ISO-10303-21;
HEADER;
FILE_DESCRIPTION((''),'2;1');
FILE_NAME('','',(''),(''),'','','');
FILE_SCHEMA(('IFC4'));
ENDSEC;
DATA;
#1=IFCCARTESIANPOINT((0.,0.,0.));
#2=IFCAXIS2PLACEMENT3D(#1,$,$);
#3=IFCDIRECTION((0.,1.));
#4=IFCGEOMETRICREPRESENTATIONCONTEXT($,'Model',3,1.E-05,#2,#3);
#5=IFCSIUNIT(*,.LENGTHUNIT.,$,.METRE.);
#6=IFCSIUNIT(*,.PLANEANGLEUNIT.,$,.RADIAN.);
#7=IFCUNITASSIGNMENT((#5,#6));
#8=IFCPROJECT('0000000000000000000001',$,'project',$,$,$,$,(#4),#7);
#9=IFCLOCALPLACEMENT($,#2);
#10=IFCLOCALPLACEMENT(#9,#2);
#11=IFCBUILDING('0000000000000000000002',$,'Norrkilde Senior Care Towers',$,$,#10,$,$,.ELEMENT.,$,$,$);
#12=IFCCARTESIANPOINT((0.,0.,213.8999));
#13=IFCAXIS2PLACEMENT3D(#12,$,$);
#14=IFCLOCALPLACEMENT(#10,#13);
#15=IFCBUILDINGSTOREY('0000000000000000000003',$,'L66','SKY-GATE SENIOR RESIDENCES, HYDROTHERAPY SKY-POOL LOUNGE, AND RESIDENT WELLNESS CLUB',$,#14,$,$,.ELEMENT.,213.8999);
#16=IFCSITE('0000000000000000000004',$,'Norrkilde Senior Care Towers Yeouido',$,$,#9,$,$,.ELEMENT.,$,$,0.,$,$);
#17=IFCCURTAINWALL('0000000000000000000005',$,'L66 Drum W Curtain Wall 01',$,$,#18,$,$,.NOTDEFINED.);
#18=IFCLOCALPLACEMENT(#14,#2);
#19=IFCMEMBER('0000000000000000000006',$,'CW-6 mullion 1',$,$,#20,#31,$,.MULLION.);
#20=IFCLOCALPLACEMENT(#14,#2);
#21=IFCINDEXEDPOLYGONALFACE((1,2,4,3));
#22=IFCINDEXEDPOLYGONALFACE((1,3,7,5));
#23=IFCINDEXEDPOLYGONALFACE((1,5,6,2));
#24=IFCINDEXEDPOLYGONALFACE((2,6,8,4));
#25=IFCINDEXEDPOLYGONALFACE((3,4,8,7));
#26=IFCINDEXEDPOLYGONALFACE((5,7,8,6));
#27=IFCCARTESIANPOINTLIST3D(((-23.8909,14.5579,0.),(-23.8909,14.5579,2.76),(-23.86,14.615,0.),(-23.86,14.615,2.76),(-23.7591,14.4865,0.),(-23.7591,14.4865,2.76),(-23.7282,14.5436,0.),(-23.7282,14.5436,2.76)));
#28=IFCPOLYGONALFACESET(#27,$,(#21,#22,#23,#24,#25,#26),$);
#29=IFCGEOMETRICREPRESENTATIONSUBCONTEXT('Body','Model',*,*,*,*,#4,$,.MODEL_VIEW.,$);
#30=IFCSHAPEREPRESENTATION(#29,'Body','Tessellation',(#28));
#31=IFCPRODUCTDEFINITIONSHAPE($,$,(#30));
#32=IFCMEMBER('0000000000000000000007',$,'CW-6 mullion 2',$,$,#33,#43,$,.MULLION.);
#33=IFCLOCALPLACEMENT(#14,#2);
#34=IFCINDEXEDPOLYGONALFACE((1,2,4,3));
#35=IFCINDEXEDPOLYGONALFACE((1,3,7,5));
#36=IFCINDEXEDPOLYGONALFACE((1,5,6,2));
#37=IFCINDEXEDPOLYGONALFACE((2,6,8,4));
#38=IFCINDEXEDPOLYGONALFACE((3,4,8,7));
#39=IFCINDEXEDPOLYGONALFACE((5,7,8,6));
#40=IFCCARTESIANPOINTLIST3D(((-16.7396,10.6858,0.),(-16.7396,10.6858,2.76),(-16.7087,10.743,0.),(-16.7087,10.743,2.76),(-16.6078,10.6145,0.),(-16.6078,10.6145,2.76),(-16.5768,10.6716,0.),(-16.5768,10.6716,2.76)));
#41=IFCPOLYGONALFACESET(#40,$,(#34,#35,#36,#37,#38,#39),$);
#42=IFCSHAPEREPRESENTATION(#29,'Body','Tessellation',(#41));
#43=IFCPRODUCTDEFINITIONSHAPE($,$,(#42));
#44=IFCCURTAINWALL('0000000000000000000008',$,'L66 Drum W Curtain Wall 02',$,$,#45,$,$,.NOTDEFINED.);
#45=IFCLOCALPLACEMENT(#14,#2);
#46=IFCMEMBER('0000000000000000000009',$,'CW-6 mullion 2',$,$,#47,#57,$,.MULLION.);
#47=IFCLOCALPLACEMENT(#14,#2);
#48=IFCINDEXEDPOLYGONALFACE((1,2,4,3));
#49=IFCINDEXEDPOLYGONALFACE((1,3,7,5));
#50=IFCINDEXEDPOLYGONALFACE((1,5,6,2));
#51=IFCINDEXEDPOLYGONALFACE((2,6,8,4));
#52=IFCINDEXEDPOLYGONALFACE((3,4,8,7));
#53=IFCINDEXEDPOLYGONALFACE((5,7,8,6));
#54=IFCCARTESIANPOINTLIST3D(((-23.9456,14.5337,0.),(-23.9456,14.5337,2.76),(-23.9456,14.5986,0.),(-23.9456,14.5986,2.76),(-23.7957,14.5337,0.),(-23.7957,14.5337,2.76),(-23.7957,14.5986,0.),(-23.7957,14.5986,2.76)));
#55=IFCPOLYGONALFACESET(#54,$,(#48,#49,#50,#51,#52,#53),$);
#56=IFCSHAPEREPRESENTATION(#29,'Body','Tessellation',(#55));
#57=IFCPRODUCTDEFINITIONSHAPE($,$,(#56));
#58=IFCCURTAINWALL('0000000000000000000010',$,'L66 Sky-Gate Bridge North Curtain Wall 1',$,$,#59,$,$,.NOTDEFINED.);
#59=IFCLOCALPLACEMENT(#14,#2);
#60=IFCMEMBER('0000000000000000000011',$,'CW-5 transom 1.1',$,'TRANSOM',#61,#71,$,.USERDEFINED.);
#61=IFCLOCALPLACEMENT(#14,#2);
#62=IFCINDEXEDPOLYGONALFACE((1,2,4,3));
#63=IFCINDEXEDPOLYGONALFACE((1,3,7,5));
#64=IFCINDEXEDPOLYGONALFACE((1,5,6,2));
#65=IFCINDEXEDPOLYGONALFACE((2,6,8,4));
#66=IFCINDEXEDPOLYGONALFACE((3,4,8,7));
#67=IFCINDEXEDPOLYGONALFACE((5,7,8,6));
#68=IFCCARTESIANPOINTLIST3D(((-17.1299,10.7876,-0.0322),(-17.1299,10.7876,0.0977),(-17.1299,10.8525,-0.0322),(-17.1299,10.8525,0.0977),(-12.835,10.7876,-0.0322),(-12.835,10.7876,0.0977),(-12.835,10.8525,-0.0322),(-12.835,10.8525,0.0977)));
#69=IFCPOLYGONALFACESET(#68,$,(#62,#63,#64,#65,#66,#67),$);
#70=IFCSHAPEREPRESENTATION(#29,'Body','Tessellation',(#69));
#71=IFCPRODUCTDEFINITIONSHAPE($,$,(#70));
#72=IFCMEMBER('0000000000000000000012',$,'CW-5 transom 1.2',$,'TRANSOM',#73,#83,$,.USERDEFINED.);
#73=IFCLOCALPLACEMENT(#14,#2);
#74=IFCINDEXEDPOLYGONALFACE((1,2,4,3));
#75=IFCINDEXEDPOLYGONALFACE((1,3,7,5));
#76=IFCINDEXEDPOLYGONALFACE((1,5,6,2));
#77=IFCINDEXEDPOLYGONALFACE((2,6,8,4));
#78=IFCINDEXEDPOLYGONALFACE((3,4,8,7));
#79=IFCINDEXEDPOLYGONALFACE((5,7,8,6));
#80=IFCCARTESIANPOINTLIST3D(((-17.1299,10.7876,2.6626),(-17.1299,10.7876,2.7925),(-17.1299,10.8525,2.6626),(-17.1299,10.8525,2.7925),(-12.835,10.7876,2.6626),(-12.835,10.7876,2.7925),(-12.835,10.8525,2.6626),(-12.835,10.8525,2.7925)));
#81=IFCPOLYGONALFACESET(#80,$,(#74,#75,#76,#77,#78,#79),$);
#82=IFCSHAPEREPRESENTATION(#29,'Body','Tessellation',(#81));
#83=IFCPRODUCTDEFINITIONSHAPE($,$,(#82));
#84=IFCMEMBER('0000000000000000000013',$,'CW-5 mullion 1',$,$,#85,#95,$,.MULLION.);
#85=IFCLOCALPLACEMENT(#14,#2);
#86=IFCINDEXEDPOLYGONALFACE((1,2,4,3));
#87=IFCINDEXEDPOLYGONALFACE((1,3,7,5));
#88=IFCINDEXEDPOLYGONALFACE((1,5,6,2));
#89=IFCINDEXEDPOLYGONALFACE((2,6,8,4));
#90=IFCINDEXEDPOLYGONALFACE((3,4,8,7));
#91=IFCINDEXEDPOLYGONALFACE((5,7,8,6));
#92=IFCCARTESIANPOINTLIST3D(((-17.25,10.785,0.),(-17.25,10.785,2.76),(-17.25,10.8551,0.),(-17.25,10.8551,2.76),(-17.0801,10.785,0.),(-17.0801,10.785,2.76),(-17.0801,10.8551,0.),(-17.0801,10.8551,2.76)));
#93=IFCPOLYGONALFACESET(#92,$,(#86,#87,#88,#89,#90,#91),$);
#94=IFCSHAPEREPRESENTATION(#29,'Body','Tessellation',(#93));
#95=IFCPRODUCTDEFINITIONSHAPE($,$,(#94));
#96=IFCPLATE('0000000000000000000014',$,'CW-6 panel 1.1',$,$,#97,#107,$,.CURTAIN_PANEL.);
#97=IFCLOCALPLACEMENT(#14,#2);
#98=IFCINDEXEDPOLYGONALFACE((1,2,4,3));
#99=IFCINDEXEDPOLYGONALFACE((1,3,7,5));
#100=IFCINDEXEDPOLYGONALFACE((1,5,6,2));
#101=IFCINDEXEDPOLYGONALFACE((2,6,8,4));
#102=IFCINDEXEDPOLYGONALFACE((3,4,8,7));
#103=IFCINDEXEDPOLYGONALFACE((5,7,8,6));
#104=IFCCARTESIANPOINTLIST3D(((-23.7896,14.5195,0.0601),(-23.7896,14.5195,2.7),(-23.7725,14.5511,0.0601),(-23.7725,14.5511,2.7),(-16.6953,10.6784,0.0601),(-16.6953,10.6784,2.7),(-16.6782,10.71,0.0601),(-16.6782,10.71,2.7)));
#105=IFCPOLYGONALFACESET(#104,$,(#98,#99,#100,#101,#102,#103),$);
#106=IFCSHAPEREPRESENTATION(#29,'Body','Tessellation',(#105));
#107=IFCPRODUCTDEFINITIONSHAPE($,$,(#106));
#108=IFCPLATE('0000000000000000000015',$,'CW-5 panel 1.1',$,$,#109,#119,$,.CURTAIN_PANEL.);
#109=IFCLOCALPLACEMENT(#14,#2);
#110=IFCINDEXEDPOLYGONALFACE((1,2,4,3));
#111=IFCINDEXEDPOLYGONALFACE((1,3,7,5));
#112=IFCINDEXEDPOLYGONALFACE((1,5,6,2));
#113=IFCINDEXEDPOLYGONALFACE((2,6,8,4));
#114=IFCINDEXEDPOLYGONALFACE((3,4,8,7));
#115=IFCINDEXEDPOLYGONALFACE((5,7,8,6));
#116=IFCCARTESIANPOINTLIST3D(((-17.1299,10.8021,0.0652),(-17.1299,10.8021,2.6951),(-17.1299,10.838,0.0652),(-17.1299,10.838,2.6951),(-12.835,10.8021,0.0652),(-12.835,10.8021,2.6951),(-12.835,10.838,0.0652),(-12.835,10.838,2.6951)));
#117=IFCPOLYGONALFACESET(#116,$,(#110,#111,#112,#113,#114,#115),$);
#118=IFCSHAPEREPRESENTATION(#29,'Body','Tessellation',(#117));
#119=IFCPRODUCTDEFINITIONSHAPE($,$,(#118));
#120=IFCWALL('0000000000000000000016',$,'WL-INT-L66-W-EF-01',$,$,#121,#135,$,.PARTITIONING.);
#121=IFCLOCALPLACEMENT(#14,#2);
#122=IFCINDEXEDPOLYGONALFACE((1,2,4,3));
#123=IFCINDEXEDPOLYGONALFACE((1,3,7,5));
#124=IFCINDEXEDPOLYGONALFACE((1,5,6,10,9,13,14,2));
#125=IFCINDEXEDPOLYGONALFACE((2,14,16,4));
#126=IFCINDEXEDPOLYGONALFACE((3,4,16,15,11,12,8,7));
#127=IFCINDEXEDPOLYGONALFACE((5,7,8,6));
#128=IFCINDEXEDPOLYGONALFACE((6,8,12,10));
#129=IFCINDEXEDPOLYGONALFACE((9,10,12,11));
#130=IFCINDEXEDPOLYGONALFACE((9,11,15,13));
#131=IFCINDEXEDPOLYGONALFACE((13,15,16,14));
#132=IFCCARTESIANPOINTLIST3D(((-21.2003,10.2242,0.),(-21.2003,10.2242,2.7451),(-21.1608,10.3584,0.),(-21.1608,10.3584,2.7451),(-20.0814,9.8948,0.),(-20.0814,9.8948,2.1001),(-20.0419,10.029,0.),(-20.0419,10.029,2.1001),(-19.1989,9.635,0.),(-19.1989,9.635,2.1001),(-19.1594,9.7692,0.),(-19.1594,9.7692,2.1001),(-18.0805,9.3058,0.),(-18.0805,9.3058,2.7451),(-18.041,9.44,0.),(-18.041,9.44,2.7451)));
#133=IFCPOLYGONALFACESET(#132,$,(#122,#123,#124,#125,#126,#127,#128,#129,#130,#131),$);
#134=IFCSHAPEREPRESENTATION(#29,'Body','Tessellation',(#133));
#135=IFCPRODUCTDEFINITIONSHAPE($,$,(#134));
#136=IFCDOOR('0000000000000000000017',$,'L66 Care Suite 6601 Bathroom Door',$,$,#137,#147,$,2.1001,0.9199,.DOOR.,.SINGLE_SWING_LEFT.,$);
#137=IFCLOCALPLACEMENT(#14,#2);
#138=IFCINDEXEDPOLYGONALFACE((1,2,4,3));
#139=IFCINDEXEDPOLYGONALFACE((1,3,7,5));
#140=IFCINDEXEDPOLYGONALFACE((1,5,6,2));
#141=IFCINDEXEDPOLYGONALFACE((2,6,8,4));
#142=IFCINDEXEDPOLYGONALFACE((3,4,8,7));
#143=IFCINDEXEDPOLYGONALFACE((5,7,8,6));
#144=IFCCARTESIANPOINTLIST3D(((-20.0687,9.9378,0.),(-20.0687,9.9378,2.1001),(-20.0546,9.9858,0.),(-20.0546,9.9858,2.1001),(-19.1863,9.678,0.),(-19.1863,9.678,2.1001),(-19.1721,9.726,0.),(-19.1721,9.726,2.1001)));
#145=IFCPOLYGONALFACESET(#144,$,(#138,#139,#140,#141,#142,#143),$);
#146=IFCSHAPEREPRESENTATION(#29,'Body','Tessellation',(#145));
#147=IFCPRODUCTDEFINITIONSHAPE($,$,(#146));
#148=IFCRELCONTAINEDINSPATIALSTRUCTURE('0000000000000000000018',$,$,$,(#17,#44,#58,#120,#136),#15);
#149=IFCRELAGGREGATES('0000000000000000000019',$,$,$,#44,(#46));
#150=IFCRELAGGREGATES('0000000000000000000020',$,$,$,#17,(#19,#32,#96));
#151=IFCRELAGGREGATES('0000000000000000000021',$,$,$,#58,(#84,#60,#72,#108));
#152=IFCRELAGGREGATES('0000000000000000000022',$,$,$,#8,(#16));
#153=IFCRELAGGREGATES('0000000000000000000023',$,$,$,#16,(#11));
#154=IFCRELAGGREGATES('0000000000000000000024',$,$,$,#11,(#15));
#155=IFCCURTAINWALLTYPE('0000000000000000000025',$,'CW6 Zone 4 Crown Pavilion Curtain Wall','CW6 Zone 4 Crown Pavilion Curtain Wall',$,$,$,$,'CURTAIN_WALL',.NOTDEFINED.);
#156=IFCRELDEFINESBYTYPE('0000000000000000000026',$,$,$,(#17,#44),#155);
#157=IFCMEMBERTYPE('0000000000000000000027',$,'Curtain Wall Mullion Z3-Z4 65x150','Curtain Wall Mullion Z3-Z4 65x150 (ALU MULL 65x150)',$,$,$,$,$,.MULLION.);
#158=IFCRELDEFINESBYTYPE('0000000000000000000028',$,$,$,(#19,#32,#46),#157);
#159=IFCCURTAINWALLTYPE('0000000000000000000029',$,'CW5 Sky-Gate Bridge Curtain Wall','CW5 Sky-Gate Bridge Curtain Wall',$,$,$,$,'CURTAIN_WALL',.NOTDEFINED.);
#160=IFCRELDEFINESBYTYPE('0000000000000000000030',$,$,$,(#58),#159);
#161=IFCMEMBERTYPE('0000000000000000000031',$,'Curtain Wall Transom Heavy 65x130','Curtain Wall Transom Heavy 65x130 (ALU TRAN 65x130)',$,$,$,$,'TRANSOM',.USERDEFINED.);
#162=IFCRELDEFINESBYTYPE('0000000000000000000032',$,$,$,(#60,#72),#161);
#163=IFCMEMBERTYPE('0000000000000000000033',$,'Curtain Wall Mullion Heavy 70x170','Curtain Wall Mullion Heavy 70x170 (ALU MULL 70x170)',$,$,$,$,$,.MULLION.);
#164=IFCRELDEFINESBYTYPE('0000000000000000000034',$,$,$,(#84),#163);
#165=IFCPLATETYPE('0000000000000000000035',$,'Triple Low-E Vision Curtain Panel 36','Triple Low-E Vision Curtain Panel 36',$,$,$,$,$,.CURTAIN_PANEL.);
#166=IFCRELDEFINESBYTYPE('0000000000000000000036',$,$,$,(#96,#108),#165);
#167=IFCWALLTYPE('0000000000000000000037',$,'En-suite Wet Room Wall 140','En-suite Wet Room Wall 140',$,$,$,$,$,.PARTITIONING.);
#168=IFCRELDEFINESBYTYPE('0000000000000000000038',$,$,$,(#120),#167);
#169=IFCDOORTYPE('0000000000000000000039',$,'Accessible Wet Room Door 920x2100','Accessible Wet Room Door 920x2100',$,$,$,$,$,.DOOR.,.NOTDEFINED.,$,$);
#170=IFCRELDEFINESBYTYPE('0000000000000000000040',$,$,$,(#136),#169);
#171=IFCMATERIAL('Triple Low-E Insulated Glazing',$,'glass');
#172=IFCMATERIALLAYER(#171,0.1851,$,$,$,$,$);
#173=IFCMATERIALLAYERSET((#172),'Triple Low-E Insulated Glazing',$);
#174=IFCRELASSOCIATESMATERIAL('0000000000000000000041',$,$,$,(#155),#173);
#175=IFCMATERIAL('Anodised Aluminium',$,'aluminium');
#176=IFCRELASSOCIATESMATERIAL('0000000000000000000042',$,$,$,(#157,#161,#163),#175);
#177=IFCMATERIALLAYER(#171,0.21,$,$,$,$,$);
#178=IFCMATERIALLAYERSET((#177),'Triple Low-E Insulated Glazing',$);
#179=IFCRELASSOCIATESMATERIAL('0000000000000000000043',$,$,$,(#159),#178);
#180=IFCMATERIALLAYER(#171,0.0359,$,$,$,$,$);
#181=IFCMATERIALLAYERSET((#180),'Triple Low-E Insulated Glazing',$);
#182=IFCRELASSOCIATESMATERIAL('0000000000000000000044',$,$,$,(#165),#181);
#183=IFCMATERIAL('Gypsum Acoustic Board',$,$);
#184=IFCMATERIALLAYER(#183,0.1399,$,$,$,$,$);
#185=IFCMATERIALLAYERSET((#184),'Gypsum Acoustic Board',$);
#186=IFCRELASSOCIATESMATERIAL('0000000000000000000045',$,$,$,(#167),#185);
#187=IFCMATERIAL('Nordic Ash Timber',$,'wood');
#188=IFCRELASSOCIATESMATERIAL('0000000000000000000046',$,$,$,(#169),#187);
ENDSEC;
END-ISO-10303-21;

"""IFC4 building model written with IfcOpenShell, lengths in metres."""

from ifc_helpers import new_model, si_unit, direction, frame, frame_2d, origin, origin_2d, place, context, subcontext, project, spatial, rectangle, extrude, source, transform, mapped, material, layer, layer_set, material_profile, profile_set, type_object, type_shapes, element, fill, aggregate, save


model = new_model("IFC4")

# Units and contexts
model_context = context("Model", 3, precision=1e-05, world=origin(), true_north=direction((0.0, 1.0)))
body_context = subcontext(model_context, "Body", "Model", "MODEL_VIEW")
ifc_project = project(units=[si_unit("LENGTHUNIT", "METRE"), si_unit("PLANEANGLEUNIT", "RADIAN")], contexts=[model_context])

# Site, building, storey
site_placement = place(None, origin())
site = spatial("IfcSite", under=ifc_project, at=site_placement, Name="Norrkilde Senior Care Towers Yeouido", CompositionType="ELEMENT", RefElevation=0.0)
building_placement = place(site_placement, origin())
building = spatial("IfcBuilding", under=site, at=building_placement, Name="Norrkilde Senior Care Towers", CompositionType="ELEMENT")
storey_placement = place(building_placement, frame((0.0, 0.0, 213.8999)))
storey = spatial("IfcBuildingStorey", under=building, at=storey_placement, Name="L66", Description="SKY-GATE SENIOR RESIDENCES, HYDROTHERAPY SKY-POOL LOUNGE, AND RESIDENT WELLNESS CLUB", CompositionType="ELEMENT", Elevation=213.8999)

# Curtain wall, members
ifc_material_1 = material(Name="Triple Low-E Insulated Glazing", Category="glass")
ifc_layer_1 = layer(ifc_material_1, 0.1851)
ifc_layer_set_1 = layer_set([ifc_layer_1], Name="Triple Low-E Insulated Glazing")
curtain_wall_type_1 = type_object("IfcCurtainWallType", Name="CW6 Zone 4 Crown Pavilion Curtain Wall", Description="CW6 Zone 4 Crown Pavilion Curtain Wall", ElementType="CURTAIN_WALL", PredefinedType="NOTDEFINED", material=ifc_layer_set_1)
curtain_wall_1_placement = place(storey_placement, origin())
curtain_wall_1 = element("IfcCurtainWall", 1, at=curtain_wall_1_placement, inside=storey, type_object=curtain_wall_type_1, Name="L66 Drum W Curtain Wall 01", PredefinedType="NOTDEFINED")
ifc_material_2 = material(Name="Anodised Aluminium", Category="aluminium")
ifc_material_profile_1 = material_profile(ifc_material_2, rectangle(XDim=0.0649, YDim=0.1499, at=origin_2d()), Name="ALU MULL 65x150")
ifc_profile_set_1 = profile_set([ifc_material_profile_1], Name="Anodised Aluminium")
member_type_1 = type_object("IfcMemberType", Name="Curtain Wall Mullion Z3-Z4 65x150", Description="Curtain Wall Mullion Z3-Z4 65x150 (ALU MULL 65x150)", PredefinedType="MULLION", material=ifc_profile_set_1)
shared_shape_1 = source(origin(), body_context, "Body", "SweptSolid", [
    extrude(rectangle(XDim=0.0649, YDim=0.1499, at=origin_2d()), origin(), (0.0, 0.0, 1.0), 2.76),
])
type_shapes(member_type_1, [shared_shape_1])
member_1_placement = place(storey_placement, frame((-23.8096, 14.5508, 0.0), z_axis=(0.0, 0.0, 1.0), x_axis=(0.476133, 0.879373, 0.0)))
member_1 = element("IfcMember", 2, at=member_1_placement, type_object=member_type_1, Name="CW-6 mullion 1", PredefinedType="MULLION", context=body_context, shape_type="MappedRepresentation", body=[
    mapped(shared_shape_1, transform((0.0, 0.0, 0.0), x_axis=(1.0, 0.0, 0.0), y_axis=(0.0, 1.0, 0.0), z_axis=(0.0, 0.0, 1.0), scale=1.0)),
])
member_2_placement = place(storey_placement, frame((-16.6582, 10.6787, 0.0), z_axis=(0.0, 0.0, 1.0), x_axis=(0.476133, 0.879373, 0.0)))
member_2 = element("IfcMember", 3, at=member_2_placement, type_object=member_type_1, Name="CW-6 mullion 2", PredefinedType="MULLION", context=body_context, shape_type="MappedRepresentation", body=[
    mapped(shared_shape_1, transform((0.0, 0.0, 0.0), x_axis=(1.0, 0.0, 0.0), y_axis=(0.0, 1.0, 0.0), z_axis=(0.0, 0.0, 1.0), scale=1.0)),
])

# Curtain wall, member
curtain_wall_2_placement = place(storey_placement, origin())
curtain_wall_2 = element("IfcCurtainWall", 4, at=curtain_wall_2_placement, inside=storey, type_object=curtain_wall_type_1, Name="L66 Drum W Curtain Wall 02", PredefinedType="NOTDEFINED")
member_3_placement = place(storey_placement, frame((-23.8706, 14.5662, 0.0), z_axis=(0.0, 0.0, 1.0), x_axis=(0.0, 1.0, 0.0)))
member_3 = element("IfcMember", 5, at=member_3_placement, type_object=member_type_1, Name="CW-6 mullion 2", PredefinedType="MULLION", context=body_context, shape_type="MappedRepresentation", body=[
    mapped(shared_shape_1, transform((0.0, 0.0, 0.0), x_axis=(1.0, 0.0, 0.0), y_axis=(0.0, 1.0, 0.0), z_axis=(0.0, 0.0, 1.0), scale=1.0)),
])
aggregate(curtain_wall_2, [member_3])

# Curtain wall, members
ifc_layer_2 = layer(ifc_material_1, 0.21)
ifc_layer_set_2 = layer_set([ifc_layer_2], Name="Triple Low-E Insulated Glazing")
curtain_wall_type_2 = type_object("IfcCurtainWallType", Name="CW5 Sky-Gate Bridge Curtain Wall", Description="CW5 Sky-Gate Bridge Curtain Wall", ElementType="CURTAIN_WALL", PredefinedType="NOTDEFINED", material=ifc_layer_set_2)
curtain_wall_3_placement = place(storey_placement, origin())
curtain_wall_3 = element("IfcCurtainWall", 6, at=curtain_wall_3_placement, inside=storey, type_object=curtain_wall_type_2, Name="L66 Sky-Gate Bridge North Curtain Wall 1", PredefinedType="NOTDEFINED")
ifc_material_profile_2 = material_profile(ifc_material_2, rectangle(XDim=0.0649, YDim=0.1299, at=origin_2d()), Name="ALU TRAN 65x130")
ifc_profile_set_2 = profile_set([ifc_material_profile_2], Name="Anodised Aluminium")
member_type_2 = type_object("IfcMemberType", Name="Curtain Wall Transom Heavy 65x130", Description="Curtain Wall Transom Heavy 65x130 (ALU TRAN 65x130)", ElementType="TRANSOM", PredefinedType="USERDEFINED", material=ifc_profile_set_2)
shared_shape_2 = source(origin(), body_context, "Body", "SweptSolid", [
    extrude(rectangle(XDim=0.0649, YDim=0.1299, at=origin_2d()), origin(), (0.0, 0.0, 1.0), 4.2949),
])
type_shapes(member_type_2, [shared_shape_2])
member_4_placement = place(storey_placement, frame((-17.1299, 10.8201, 0.0327), z_axis=(1.0, 0.0, 0.0), x_axis=(0.0, 1.0, 0.0)))
member_4 = element("IfcMember", 7, at=member_4_placement, type_object=member_type_2, Name="CW-5 transom 1.1", ObjectType="TRANSOM", PredefinedType="USERDEFINED", context=body_context, shape_type="MappedRepresentation", body=[
    mapped(shared_shape_2, transform((0.0, 0.0, 0.0), x_axis=(1.0, 0.0, 0.0), y_axis=(0.0, 1.0, 0.0), z_axis=(0.0, 0.0, 1.0), scale=1.0)),
])
member_5_placement = place(storey_placement, frame((-17.1299, 10.8201, 2.7275), z_axis=(1.0, 0.0, 0.0), x_axis=(0.0, 1.0, 0.0)))
member_5 = element("IfcMember", 8, at=member_5_placement, type_object=member_type_2, Name="CW-5 transom 1.2", ObjectType="TRANSOM", PredefinedType="USERDEFINED", context=body_context, shape_type="MappedRepresentation", body=[
    mapped(shared_shape_2, transform((0.0, 0.0, 0.0), x_axis=(1.0, 0.0, 0.0), y_axis=(0.0, 1.0, 0.0), z_axis=(0.0, 0.0, 1.0), scale=1.0)),
])
ifc_material_profile_3 = material_profile(ifc_material_2, rectangle(XDim=0.0701, YDim=0.1699, at=origin_2d()), Name="ALU MULL 70x170")
ifc_profile_set_3 = profile_set([ifc_material_profile_3], Name="Anodised Aluminium")
member_type_3 = type_object("IfcMemberType", Name="Curtain Wall Mullion Heavy 70x170", Description="Curtain Wall Mullion Heavy 70x170 (ALU MULL 70x170)", PredefinedType="MULLION", material=ifc_profile_set_3)
shared_shape_3 = source(origin(), body_context, "Body", "SweptSolid", [
    extrude(rectangle(XDim=0.0701, YDim=0.1699, at=origin_2d()), origin(), (0.0, 0.0, 1.0), 2.76),
])
type_shapes(member_type_3, [shared_shape_3])
member_6_placement = place(storey_placement, frame((-17.165, 10.8201, 0.0), z_axis=(0.0, 0.0, 1.0), x_axis=(0.0, 1.0, 0.0)))
member_6 = element("IfcMember", 9, at=member_6_placement, type_object=member_type_3, Name="CW-5 mullion 1", PredefinedType="MULLION", context=body_context, shape_type="MappedRepresentation", body=[
    mapped(shared_shape_3, transform((0.0, 0.0, 0.0), x_axis=(1.0, 0.0, 0.0), y_axis=(0.0, 1.0, 0.0), z_axis=(0.0, 0.0, 1.0), scale=1.0)),
])

# Plates
ifc_layer_3 = layer(ifc_material_1, 0.0359)
ifc_layer_set_3 = layer_set([ifc_layer_3], Name="Triple Low-E Insulated Glazing")
plate_type = type_object("IfcPlateType", Name="Triple Low-E Vision Curtain Panel 36", Description="Triple Low-E Vision Curtain Panel 36", PredefinedType="CURTAIN_PANEL", material=ifc_layer_set_3)
shared_shape_4 = source(origin(), body_context, "Body", "SweptSolid", [
    extrude(rectangle(XDim=8.0674, YDim=0.0359, at=origin_2d()), origin(), (0.0, 0.0, 1.0), 2.6399),
])
plate_1_placement = place(storey_placement, frame((-20.2339, 12.6147, 0.0601), z_axis=(0.0, 0.0, 1.0), x_axis=(0.879373, -0.476133, 0.0)))
plate_1 = element("IfcPlate", 10, at=plate_1_placement, type_object=plate_type, Name="CW-6 panel 1.1", PredefinedType="CURTAIN_PANEL", context=body_context, shape_type="MappedRepresentation", body=[
    mapped(shared_shape_4, transform((0.0, 0.0, 0.0), x_axis=(1.0, 0.0, 0.0), y_axis=(0.0, 1.0, 0.0), z_axis=(0.0, 0.0, 1.0), scale=1.0)),
])
aggregate(curtain_wall_1, [member_1, member_2, plate_1])
shared_shape_5 = source(origin(), body_context, "Body", "SweptSolid", [
    extrude(rectangle(XDim=4.2949, YDim=0.0359, at=origin_2d()), origin(), (0.0, 0.0, 1.0), 2.6299),
])
type_shapes(plate_type, [shared_shape_4, shared_shape_5])
plate_2_placement = place(storey_placement, frame((-14.9824, 10.8201, 0.0652), z_axis=(0.0, 0.0, 1.0), x_axis=(1.0, 0.0, 0.0)))
plate_2 = element("IfcPlate", 11, at=plate_2_placement, type_object=plate_type, Name="CW-5 panel 1.1", PredefinedType="CURTAIN_PANEL", context=body_context, shape_type="MappedRepresentation", body=[
    mapped(shared_shape_5, transform((0.0, 0.0, 0.0), x_axis=(1.0, 0.0, 0.0), y_axis=(0.0, 1.0, 0.0), z_axis=(0.0, 0.0, 1.0), scale=1.0)),
])
aggregate(curtain_wall_3, [member_6, member_4, member_5, plate_2])

# Wall, opening, door
ifc_material_3 = material(Name="Gypsum Acoustic Board")
ifc_layer_4 = layer(ifc_material_3, 0.1399)
ifc_layer_set_4 = layer_set([ifc_layer_4], Name="Gypsum Acoustic Board")
wall_type = type_object("IfcWallType", Name="En-suite Wet Room Wall 140", Description="En-suite Wet Room Wall 140", PredefinedType="PARTITIONING", material=ifc_layer_set_4)
shared_shape_6 = source(origin(), body_context, "Body", "SweptSolid", [
    extrude(rectangle(XDim=3.2522, YDim=0.1399, at=frame_2d((1.626, 0.0))), origin(), (0.0, 0.0, 1.0), 2.7451),
])
type_shapes(wall_type, [shared_shape_6])
wall_placement = place(storey_placement, frame((-21.1804, 10.2913, 0.0), z_axis=(0.0, 0.0, 1.0), x_axis=(0.959295, -0.282406, 0.0)))
wall = element("IfcWall", 12, at=wall_placement, inside=storey, type_object=wall_type, Name="WL-INT-L66-W-EF-01", PredefinedType="PARTITIONING", context=body_context, shape_type="MappedRepresentation", body=[
    mapped(shared_shape_6, transform((0.0, 0.0, 0.0), x_axis=(1.0, 0.0, 0.0), y_axis=(0.0, 1.0, 0.0), z_axis=(0.0, 0.0, 1.0), scale=1.0)),
])
opening_placement = place(wall_placement, frame((1.1663, 0.0, 0.0)))
opening = element("IfcOpeningElement", 13, at=opening_placement, cuts=wall, PredefinedType="OPENING", context=body_context, shape_type="SweptSolid", body=[
    extrude(rectangle(XDim=0.9199, YDim=2.1001, at=frame_2d((0.46, 1.05))), frame((0.0, 0.0798, 0.0), z_axis=(0.0, -1.0, 0.0), x_axis=(1.0, 0.0, 0.0)), (0.0, 0.0, 1.0), 0.1599),
])
ifc_material_4 = material(Name="Nordic Ash Timber", Category="wood")
door_type = type_object("IfcDoorType", Name="Accessible Wet Room Door 920x2100", Description="Accessible Wet Room Door 920x2100", OperationType="NOTDEFINED", PredefinedType="DOOR", material=ifc_material_4)
shared_shape_7 = source(origin(), body_context, "Body", "SweptSolid", [
    extrude(rectangle(XDim=0.9199, YDim=2.1001, at=frame_2d((0.46, 1.05))), frame((0.0, 0.0249, 0.0), z_axis=(0.0, -1.0, 0.0), x_axis=(1.0, 0.0, 0.0)), (0.0, 0.0, 1.0), 0.05),
])
type_shapes(door_type, [shared_shape_7])
door_placement = place(opening_placement, origin())
door = element("IfcDoor", 14, at=door_placement, inside=storey, type_object=door_type, Name="L66 Care Suite 6601 Bathroom Door", OperationType="SINGLE_SWING_LEFT", OverallHeight=2.1001, OverallWidth=0.9199, PredefinedType="DOOR", context=body_context, shape_type="MappedRepresentation", body=[
    mapped(shared_shape_7, transform((0.0, 0.0, 0.0), x_axis=(1.0, 0.0, 0.0), y_axis=(0.0, 1.0, 0.0), z_axis=(0.0, 0.0, 1.0), scale=1.0)),
])
fill(opening, door)

save(model, "model.ifc")
